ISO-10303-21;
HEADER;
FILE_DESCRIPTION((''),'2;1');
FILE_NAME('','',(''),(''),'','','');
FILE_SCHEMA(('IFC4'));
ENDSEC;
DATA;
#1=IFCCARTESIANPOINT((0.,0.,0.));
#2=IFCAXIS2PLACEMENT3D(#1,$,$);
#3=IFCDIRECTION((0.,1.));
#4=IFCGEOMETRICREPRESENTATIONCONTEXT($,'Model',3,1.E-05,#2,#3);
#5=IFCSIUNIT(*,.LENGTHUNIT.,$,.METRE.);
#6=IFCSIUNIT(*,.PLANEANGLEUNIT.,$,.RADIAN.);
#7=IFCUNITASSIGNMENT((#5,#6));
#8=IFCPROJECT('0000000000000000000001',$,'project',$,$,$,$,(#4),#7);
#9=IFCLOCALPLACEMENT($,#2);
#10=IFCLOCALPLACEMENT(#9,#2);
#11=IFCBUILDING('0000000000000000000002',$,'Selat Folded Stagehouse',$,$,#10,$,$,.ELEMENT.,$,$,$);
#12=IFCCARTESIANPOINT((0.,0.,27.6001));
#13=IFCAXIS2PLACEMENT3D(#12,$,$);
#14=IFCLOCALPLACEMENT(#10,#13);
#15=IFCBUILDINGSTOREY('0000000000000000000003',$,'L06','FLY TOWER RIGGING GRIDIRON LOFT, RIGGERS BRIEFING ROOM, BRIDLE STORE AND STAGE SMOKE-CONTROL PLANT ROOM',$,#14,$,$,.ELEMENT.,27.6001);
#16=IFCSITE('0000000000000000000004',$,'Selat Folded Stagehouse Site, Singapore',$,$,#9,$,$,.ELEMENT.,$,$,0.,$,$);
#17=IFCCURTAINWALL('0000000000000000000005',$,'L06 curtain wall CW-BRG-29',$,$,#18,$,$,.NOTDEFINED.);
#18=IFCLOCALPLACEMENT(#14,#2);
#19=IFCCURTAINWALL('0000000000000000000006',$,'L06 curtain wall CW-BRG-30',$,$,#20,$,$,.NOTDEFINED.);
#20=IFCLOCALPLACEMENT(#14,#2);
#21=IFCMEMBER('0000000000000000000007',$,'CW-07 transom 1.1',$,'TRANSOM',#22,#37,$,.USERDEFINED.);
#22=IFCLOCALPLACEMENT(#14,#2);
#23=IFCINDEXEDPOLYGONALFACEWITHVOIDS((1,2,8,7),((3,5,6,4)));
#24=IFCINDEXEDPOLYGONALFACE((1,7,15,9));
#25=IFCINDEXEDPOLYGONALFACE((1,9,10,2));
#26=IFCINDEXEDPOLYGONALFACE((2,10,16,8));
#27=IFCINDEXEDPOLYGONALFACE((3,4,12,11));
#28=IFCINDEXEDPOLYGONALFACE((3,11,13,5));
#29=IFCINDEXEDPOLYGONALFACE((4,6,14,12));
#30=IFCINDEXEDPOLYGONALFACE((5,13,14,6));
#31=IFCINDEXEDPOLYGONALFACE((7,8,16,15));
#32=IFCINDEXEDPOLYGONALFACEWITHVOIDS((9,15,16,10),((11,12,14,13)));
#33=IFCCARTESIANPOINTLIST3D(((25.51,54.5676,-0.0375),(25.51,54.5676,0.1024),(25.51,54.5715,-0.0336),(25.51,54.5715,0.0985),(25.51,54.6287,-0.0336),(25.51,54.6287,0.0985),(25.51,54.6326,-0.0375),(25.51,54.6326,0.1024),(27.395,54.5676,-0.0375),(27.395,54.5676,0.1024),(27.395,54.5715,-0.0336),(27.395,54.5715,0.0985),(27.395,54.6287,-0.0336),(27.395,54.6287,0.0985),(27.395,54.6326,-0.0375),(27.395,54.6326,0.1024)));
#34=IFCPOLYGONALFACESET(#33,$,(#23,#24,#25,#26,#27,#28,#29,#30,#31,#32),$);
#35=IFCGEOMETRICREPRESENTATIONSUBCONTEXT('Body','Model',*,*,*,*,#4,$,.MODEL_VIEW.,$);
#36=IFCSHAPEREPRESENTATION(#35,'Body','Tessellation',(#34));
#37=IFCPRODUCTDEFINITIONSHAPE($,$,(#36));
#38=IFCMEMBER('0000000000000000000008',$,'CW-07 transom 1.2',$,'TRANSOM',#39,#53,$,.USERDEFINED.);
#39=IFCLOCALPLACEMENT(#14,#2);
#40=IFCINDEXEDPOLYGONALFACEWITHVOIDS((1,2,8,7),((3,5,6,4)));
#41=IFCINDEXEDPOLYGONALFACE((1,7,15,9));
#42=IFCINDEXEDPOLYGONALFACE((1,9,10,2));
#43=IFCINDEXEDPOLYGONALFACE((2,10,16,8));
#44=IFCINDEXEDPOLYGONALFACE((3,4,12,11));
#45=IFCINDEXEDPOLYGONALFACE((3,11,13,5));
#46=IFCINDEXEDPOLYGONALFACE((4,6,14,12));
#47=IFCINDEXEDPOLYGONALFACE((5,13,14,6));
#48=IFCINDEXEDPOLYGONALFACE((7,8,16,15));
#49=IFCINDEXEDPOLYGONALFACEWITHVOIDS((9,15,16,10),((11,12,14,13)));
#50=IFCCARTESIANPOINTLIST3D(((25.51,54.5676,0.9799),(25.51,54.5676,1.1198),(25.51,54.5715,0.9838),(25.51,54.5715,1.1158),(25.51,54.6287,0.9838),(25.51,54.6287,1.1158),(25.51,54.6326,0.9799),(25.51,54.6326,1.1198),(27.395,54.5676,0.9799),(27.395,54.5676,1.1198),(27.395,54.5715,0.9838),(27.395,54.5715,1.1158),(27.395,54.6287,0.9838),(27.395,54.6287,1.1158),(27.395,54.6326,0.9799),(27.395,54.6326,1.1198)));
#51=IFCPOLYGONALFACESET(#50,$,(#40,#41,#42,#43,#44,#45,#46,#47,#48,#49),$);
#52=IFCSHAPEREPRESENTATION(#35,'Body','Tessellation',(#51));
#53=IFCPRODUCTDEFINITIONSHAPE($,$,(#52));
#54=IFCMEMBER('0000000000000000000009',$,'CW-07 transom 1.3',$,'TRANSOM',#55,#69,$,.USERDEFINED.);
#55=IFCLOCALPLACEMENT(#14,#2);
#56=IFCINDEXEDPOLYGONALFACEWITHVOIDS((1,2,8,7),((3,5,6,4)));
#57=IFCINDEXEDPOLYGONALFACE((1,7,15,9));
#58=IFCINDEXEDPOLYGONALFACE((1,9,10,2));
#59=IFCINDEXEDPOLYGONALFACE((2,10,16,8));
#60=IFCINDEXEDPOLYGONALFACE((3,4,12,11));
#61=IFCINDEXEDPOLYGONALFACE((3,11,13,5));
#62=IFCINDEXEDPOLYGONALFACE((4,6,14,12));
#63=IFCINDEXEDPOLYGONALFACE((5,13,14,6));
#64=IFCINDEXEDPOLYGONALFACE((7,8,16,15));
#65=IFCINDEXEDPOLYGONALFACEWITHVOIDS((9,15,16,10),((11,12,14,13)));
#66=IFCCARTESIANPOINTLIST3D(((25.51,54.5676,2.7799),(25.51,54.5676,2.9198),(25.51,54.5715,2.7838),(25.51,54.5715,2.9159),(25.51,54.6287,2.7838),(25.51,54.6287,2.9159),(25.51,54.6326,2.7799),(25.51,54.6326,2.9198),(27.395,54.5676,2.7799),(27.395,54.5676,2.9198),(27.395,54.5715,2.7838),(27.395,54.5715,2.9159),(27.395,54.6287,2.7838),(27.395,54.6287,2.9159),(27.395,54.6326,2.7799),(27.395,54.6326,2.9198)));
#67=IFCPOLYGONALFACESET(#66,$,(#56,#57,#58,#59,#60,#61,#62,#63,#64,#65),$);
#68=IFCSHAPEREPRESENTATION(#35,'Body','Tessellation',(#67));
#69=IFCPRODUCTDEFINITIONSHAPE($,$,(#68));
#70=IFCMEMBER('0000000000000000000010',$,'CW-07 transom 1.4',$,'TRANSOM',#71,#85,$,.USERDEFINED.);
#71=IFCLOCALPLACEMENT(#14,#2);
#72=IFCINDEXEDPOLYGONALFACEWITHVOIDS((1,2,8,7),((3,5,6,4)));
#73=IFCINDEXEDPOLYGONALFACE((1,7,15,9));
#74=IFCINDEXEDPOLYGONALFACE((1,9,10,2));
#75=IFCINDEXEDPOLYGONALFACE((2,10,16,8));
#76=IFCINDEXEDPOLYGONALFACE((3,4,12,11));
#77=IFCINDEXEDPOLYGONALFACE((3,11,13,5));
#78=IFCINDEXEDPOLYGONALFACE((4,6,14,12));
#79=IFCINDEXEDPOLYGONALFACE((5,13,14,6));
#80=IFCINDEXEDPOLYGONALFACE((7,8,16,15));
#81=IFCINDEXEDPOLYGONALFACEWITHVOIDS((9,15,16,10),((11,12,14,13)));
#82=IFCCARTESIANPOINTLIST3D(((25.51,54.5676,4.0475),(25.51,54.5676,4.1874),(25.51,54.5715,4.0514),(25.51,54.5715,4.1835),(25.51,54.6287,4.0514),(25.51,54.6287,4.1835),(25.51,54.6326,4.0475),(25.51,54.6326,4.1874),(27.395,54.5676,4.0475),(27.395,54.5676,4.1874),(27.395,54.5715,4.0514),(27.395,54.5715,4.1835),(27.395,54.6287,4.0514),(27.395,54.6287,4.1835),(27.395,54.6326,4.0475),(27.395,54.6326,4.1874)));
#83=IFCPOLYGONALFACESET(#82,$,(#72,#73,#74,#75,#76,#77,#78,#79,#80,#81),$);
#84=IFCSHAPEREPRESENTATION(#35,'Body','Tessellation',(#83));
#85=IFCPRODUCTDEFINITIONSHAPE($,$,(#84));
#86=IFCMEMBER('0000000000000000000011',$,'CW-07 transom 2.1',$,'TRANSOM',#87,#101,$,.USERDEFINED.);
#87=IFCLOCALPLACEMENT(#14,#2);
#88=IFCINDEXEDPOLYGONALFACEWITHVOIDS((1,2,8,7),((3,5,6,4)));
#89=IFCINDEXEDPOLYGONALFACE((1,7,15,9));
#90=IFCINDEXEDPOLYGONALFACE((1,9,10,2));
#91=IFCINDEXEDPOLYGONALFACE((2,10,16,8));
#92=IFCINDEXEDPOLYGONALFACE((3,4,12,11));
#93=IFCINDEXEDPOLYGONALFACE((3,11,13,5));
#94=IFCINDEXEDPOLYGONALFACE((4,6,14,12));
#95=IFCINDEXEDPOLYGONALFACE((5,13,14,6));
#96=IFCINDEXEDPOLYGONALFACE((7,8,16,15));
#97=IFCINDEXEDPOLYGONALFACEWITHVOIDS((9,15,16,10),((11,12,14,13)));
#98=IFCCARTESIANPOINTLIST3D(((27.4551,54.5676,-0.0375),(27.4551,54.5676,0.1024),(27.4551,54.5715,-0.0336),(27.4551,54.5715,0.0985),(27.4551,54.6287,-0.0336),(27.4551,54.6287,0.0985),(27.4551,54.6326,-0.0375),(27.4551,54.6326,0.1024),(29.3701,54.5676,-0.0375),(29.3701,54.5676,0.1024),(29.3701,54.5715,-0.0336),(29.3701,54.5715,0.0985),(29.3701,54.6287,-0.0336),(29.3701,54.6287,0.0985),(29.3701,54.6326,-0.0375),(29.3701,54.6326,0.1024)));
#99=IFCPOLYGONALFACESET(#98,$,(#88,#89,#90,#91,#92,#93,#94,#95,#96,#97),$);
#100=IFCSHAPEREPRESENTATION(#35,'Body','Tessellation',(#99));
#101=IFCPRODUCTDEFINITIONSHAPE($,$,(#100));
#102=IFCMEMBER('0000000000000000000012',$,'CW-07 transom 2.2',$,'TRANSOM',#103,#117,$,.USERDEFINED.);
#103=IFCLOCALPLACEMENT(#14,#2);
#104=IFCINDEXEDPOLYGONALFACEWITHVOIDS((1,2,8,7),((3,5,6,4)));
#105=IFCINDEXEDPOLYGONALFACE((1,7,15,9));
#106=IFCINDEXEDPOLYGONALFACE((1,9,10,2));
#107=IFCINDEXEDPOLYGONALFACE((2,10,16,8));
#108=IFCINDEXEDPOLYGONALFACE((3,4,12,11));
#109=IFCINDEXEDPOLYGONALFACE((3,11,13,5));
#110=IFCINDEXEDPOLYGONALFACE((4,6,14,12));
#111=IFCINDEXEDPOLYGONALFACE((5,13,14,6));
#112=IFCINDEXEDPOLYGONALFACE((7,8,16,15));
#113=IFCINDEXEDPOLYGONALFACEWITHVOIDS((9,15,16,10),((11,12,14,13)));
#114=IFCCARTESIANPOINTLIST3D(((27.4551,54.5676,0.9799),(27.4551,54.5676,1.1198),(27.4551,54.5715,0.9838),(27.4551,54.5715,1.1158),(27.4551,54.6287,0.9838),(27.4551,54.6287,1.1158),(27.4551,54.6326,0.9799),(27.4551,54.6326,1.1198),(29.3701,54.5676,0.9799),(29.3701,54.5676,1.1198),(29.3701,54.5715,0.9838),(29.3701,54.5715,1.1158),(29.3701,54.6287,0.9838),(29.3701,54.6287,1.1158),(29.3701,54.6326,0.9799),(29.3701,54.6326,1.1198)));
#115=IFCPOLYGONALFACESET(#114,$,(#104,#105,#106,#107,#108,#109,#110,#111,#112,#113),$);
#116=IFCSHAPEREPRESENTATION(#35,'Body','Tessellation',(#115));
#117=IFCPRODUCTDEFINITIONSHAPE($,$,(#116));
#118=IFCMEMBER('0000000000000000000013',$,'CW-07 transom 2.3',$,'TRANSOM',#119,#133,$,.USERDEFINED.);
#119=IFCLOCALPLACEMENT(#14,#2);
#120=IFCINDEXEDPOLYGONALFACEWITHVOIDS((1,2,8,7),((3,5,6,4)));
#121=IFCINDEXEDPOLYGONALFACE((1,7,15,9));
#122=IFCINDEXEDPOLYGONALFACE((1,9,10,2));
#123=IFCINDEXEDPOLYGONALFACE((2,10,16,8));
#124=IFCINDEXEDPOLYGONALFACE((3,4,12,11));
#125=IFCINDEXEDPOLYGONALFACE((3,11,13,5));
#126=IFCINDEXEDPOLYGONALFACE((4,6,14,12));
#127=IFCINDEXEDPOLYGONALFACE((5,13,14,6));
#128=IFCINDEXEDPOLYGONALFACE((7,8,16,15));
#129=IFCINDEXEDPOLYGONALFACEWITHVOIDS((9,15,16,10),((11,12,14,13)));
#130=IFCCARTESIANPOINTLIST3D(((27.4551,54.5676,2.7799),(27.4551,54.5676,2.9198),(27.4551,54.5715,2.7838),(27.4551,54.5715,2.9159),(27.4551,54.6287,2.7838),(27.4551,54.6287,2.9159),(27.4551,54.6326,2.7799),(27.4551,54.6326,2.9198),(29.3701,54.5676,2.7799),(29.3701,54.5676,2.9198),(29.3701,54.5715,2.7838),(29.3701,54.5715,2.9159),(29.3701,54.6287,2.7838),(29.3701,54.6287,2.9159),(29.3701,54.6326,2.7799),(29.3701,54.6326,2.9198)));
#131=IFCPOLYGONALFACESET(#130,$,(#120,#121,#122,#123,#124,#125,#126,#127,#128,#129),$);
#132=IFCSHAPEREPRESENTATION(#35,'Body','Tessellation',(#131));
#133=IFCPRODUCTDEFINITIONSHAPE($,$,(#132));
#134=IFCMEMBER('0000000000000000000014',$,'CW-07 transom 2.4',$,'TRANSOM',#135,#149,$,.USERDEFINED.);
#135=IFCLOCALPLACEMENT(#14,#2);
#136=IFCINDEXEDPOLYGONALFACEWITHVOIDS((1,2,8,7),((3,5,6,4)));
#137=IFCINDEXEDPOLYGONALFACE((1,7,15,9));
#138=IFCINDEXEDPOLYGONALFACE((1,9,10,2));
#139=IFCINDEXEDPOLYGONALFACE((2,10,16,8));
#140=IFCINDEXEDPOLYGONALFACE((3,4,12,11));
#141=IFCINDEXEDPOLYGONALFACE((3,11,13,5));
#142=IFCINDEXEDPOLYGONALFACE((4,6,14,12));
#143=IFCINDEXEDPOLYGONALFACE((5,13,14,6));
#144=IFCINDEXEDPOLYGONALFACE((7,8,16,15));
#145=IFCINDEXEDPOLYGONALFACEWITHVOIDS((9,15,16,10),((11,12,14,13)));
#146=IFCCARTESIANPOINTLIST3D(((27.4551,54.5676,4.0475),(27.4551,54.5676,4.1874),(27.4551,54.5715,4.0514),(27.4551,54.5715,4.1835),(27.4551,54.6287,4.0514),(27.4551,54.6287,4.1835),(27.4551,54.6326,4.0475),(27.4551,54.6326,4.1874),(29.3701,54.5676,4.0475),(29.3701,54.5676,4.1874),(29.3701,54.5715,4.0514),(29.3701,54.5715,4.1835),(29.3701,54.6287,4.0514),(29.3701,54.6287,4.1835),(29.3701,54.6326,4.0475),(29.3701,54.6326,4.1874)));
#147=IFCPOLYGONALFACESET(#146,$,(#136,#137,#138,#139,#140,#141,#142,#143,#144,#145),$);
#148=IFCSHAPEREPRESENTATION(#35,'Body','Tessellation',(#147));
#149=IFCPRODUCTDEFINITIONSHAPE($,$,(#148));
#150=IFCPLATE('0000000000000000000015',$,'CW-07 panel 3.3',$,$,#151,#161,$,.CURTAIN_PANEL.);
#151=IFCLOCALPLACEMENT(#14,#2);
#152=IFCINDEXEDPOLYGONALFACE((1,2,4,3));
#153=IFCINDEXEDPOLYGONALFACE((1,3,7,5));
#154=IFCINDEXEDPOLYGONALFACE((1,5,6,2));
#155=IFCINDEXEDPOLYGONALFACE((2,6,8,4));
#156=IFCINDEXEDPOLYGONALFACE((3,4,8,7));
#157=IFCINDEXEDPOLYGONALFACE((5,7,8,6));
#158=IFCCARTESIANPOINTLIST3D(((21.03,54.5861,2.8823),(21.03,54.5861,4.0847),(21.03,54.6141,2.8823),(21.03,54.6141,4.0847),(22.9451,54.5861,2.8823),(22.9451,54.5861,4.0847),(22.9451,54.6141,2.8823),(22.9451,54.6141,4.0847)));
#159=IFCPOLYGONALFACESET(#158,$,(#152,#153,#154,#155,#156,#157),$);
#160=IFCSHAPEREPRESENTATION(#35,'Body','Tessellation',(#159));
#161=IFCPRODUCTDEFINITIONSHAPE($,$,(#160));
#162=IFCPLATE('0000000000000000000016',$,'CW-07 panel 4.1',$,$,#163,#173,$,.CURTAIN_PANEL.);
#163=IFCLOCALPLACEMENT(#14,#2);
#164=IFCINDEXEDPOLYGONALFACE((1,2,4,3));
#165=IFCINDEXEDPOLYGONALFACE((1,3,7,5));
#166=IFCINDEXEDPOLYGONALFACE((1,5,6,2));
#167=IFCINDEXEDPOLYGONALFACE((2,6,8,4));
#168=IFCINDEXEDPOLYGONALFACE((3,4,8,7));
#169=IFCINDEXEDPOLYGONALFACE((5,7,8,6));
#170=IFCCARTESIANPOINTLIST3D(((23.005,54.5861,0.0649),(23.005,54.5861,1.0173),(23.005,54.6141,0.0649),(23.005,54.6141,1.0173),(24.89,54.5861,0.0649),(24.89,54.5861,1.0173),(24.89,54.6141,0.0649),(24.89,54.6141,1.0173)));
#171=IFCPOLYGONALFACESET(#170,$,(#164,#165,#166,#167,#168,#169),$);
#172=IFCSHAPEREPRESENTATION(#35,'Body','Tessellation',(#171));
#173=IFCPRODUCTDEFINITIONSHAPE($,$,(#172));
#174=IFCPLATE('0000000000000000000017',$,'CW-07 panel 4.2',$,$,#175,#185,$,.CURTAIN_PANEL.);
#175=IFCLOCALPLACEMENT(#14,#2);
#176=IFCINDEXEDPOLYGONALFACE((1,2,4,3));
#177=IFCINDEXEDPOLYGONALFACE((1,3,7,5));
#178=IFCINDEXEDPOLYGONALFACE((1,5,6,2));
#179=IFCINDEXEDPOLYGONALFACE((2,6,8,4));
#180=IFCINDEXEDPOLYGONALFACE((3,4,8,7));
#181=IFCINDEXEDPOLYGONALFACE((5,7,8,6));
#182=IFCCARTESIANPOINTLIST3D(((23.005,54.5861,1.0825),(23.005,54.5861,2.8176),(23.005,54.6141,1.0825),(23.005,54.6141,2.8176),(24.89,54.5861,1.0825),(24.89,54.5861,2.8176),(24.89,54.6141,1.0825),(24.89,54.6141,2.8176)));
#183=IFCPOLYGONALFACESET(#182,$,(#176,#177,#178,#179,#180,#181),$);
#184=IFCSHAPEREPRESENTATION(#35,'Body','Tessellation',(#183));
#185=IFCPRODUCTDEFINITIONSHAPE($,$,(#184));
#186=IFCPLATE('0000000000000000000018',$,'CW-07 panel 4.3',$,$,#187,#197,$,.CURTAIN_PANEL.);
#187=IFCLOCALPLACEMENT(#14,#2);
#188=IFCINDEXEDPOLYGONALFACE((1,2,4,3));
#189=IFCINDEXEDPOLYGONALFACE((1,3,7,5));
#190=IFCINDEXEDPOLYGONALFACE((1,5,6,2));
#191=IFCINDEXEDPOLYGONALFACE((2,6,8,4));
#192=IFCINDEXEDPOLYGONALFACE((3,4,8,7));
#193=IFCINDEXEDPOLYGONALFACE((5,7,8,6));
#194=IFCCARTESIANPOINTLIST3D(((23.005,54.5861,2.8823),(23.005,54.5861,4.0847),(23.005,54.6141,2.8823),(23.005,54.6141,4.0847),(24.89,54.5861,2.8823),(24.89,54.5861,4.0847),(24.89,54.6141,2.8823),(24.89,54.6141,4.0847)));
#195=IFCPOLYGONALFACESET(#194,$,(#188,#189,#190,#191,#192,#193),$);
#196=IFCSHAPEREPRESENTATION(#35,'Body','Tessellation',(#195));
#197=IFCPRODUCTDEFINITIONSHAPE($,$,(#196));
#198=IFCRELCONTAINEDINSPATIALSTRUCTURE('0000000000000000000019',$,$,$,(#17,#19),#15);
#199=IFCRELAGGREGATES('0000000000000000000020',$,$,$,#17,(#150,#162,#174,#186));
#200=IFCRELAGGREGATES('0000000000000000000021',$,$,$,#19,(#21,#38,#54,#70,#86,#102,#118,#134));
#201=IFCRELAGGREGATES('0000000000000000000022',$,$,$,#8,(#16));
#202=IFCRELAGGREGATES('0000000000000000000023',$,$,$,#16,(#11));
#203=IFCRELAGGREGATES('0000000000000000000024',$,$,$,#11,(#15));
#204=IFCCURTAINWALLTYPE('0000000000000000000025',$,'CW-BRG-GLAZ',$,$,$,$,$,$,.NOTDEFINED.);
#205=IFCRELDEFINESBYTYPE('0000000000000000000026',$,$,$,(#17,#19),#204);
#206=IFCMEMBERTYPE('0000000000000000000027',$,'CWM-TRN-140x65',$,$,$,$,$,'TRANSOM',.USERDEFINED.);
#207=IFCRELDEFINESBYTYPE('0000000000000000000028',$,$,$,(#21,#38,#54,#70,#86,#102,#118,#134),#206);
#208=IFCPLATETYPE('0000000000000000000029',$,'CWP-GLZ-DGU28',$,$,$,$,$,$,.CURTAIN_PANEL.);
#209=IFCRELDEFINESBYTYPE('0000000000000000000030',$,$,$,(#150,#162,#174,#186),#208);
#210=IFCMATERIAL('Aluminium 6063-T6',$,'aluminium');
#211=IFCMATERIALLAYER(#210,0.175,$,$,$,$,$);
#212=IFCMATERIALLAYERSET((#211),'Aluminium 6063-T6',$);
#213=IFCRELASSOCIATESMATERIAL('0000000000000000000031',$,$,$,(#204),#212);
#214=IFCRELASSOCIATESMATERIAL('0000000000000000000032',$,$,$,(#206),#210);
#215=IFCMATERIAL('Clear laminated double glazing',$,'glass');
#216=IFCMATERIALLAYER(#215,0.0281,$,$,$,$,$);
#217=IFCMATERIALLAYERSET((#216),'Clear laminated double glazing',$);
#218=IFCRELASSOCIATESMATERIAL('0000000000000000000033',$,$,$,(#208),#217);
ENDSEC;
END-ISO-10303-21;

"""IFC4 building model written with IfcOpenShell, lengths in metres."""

from ifc_helpers import new_model, si_unit, direction, frame, origin, origin_2d, place, context, subcontext, project, spatial, rectangle, hollow_rectangle, extrude, material, layer, layer_set, material_profile, profile_set, type_object, element, aggregate, save


model = new_model("IFC4")

# Units and contexts
model_context = context("Model", 3, precision=1e-05, world=origin(), true_north=direction((0.0, 1.0)))
body_context = subcontext(model_context, "Body", "Model", "MODEL_VIEW")
ifc_project = project(units=[si_unit("LENGTHUNIT", "METRE"), si_unit("PLANEANGLEUNIT", "RADIAN")], contexts=[model_context])

# Site, building, storey
site_placement = place(None, origin())
site = spatial("IfcSite", under=ifc_project, at=site_placement, Name="Selat Folded Stagehouse Site, Singapore", CompositionType="ELEMENT", RefElevation=0.0)
building_placement = place(site_placement, origin())
building = spatial("IfcBuilding", under=site, at=building_placement, Name="Selat Folded Stagehouse", CompositionType="ELEMENT")
storey_placement = place(building_placement, frame((0.0, 0.0, 27.6001)))
storey = spatial("IfcBuildingStorey", under=building, at=storey_placement, Name="L06", Description="FLY TOWER RIGGING GRIDIRON LOFT, RIGGERS BRIEFING ROOM, BRIDLE STORE AND STAGE SMOKE-CONTROL PLANT ROOM", CompositionType="ELEMENT", Elevation=27.6001)

# Curtain walls
ifc_material_1 = material(Name="Aluminium 6063-T6", Category="aluminium")
ifc_layer_1 = layer(ifc_material_1, 0.175)
ifc_layer_set_1 = layer_set([ifc_layer_1], Name="Aluminium 6063-T6")
curtain_wall_type = type_object("IfcCurtainWallType", Name="CW-BRG-GLAZ", PredefinedType="NOTDEFINED", material=ifc_layer_set_1)
curtain_wall_1_placement = place(storey_placement, origin())
curtain_wall_1 = element("IfcCurtainWall", 1, at=curtain_wall_1_placement, inside=storey, type_object=curtain_wall_type, Name="L06 curtain wall CW-BRG-29", PredefinedType="NOTDEFINED")
curtain_wall_2_placement = place(storey_placement, origin())
curtain_wall_2 = element("IfcCurtainWall", 2, at=curtain_wall_2_placement, inside=storey, type_object=curtain_wall_type, Name="L06 curtain wall CW-BRG-30", PredefinedType="NOTDEFINED")

# Members
ifc_material_profile_1 = material_profile(ifc_material_1, hollow_rectangle(XDim=0.0649, YDim=0.1399, WallThickness=0.0039, at=origin_2d()), Name="ALU 140x65x4.0")
ifc_profile_set_1 = profile_set([ifc_material_profile_1], Name="Aluminium 6063-T6")
member_type_1 = type_object("IfcMemberType", Name="CWM-TRN-140x65", ElementType="TRANSOM", PredefinedType="USERDEFINED", material=ifc_profile_set_1)
member_1_placement = place(storey_placement, frame((25.51, 54.6001, 0.0325), z_axis=(1.0, 0.0, 0.0), x_axis=(0.0, 1.0, 0.0)))
member_1 = element("IfcMember", 3, at=member_1_placement, type_object=member_type_1, Name="CW-07 transom 1.1", ObjectType="TRANSOM", PredefinedType="USERDEFINED", context=body_context, shape_type="SweptSolid", body=[
    extrude(hollow_rectangle(XDim=0.0649, YDim=0.1399, WallThickness=0.0039, at=origin_2d()), origin(), (0.0, 0.0, 1.0), 1.885),
])
member_2_placement = place(storey_placement, frame((25.51, 54.6001, 1.0498), z_axis=(1.0, 0.0, 0.0), x_axis=(0.0, 1.0, 0.0)))
member_2 = element("IfcMember", 4, at=member_2_placement, type_object=member_type_1, Name="CW-07 transom 1.2", ObjectType="TRANSOM", PredefinedType="USERDEFINED", context=body_context, shape_type="SweptSolid", body=[
    extrude(hollow_rectangle(XDim=0.0649, YDim=0.1399, WallThickness=0.0039, at=origin_2d()), origin(), (0.0, 0.0, 1.0), 1.885),
])
member_3_placement = place(storey_placement, frame((25.51, 54.6001, 2.8499), z_axis=(1.0, 0.0, 0.0), x_axis=(0.0, 1.0, 0.0)))
member_3 = element("IfcMember", 5, at=member_3_placement, type_object=member_type_1, Name="CW-07 transom 1.3", ObjectType="TRANSOM", PredefinedType="USERDEFINED", context=body_context, shape_type="SweptSolid", body=[
    extrude(hollow_rectangle(XDim=0.0649, YDim=0.1399, WallThickness=0.0039, at=origin_2d()), origin(), (0.0, 0.0, 1.0), 1.885),
])
member_4_placement = place(storey_placement, frame((25.51, 54.6001, 4.1174), z_axis=(1.0, 0.0, 0.0), x_axis=(0.0, 1.0, 0.0)))
member_4 = element("IfcMember", 6, at=member_4_placement, type_object=member_type_1, Name="CW-07 transom 1.4", ObjectType="TRANSOM", PredefinedType="USERDEFINED", context=body_context, shape_type="SweptSolid", body=[
    extrude(hollow_rectangle(XDim=0.0649, YDim=0.1399, WallThickness=0.0039, at=origin_2d()), origin(), (0.0, 0.0, 1.0), 1.885),
])
member_5_placement = place(storey_placement, frame((27.4551, 54.6001, 0.0325), z_axis=(1.0, 0.0, 0.0), x_axis=(0.0, 1.0, 0.0)))
member_5 = element("IfcMember", 7, at=member_5_placement, type_object=member_type_1, Name="CW-07 transom 2.1", ObjectType="TRANSOM", PredefinedType="USERDEFINED", context=body_context, shape_type="SweptSolid", body=[
    extrude(hollow_rectangle(XDim=0.0649, YDim=0.1399, WallThickness=0.0039, at=origin_2d()), origin(), (0.0, 0.0, 1.0), 1.915),
])
member_6_placement = place(storey_placement, frame((27.4551, 54.6001, 1.0498), z_axis=(1.0, 0.0, 0.0), x_axis=(0.0, 1.0, 0.0)))
member_6 = element("IfcMember", 8, at=member_6_placement, type_object=member_type_1, Name="CW-07 transom 2.2", ObjectType="TRANSOM", PredefinedType="USERDEFINED", context=body_context, shape_type="SweptSolid", body=[
    extrude(hollow_rectangle(XDim=0.0649, YDim=0.1399, WallThickness=0.0039, at=origin_2d()), origin(), (0.0, 0.0, 1.0), 1.915),
])
member_7_placement = place(storey_placement, frame((27.4551, 54.6001, 2.8499), z_axis=(1.0, 0.0, 0.0), x_axis=(0.0, 1.0, 0.0)))
member_7 = element("IfcMember", 9, at=member_7_placement, type_object=member_type_1, Name="CW-07 transom 2.3", ObjectType="TRANSOM", PredefinedType="USERDEFINED", context=body_context, shape_type="SweptSolid", body=[
    extrude(hollow_rectangle(XDim=0.0649, YDim=0.1399, WallThickness=0.0039, at=origin_2d()), origin(), (0.0, 0.0, 1.0), 1.915),
])
member_8_placement = place(storey_placement, frame((27.4551, 54.6001, 4.1174), z_axis=(1.0, 0.0, 0.0), x_axis=(0.0, 1.0, 0.0)))
member_8 = element("IfcMember", 10, at=member_8_placement, type_object=member_type_1, Name="CW-07 transom 2.4", ObjectType="TRANSOM", PredefinedType="USERDEFINED", context=body_context, shape_type="SweptSolid", body=[
    extrude(hollow_rectangle(XDim=0.0649, YDim=0.1399, WallThickness=0.0039, at=origin_2d()), origin(), (0.0, 0.0, 1.0), 1.915),
])

# Plates
ifc_material_2 = material(Name="Clear laminated double glazing", Category="glass")
ifc_layer_2 = layer(ifc_material_2, 0.0281)
ifc_layer_set_2 = layer_set([ifc_layer_2], Name="Clear laminated double glazing")
plate_type = type_object("IfcPlateType", Name="CWP-GLZ-DGU28", PredefinedType="CURTAIN_PANEL", material=ifc_layer_set_2)
plate_1_placement = place(storey_placement, frame((21.9875, 54.6001, 2.8823), z_axis=(0.0, 0.0, 1.0), x_axis=(1.0, 0.0, 0.0)))
plate_1 = element("IfcPlate", 11, at=plate_1_placement, type_object=plate_type, Name="CW-07 panel 3.3", PredefinedType="CURTAIN_PANEL", context=body_context, shape_type="SweptSolid", body=[
    extrude(rectangle(XDim=1.915, YDim=0.0281, at=origin_2d()), origin(), (0.0, 0.0, 1.0), 1.2024),
])
plate_2_placement = place(storey_placement, frame((23.9475, 54.6001, 0.0649), z_axis=(0.0, 0.0, 1.0), x_axis=(1.0, 0.0, 0.0)))
plate_2 = element("IfcPlate", 12, at=plate_2_placement, type_object=plate_type, Name="CW-07 panel 4.1", PredefinedType="CURTAIN_PANEL", context=body_context, shape_type="SweptSolid", body=[
    extrude(rectangle(XDim=1.885, YDim=0.0281, at=origin_2d()), origin(), (0.0, 0.0, 1.0), 0.9524),
])
plate_3_placement = place(storey_placement, frame((23.9475, 54.6001, 1.0825), z_axis=(0.0, 0.0, 1.0), x_axis=(1.0, 0.0, 0.0)))
plate_3 = element("IfcPlate", 13, at=plate_3_placement, type_object=plate_type, Name="CW-07 panel 4.2", PredefinedType="CURTAIN_PANEL", context=body_context, shape_type="SweptSolid", body=[
    extrude(rectangle(XDim=1.885, YDim=0.0281, at=origin_2d()), origin(), (0.0, 0.0, 1.0), 1.7351),
])
plate_4_placement = place(storey_placement, frame((23.9475, 54.6001, 2.8823), z_axis=(0.0, 0.0, 1.0), x_axis=(1.0, 0.0, 0.0)))
plate_4 = element("IfcPlate", 14, at=plate_4_placement, type_object=plate_type, Name="CW-07 panel 4.3", PredefinedType="CURTAIN_PANEL", context=body_context, shape_type="SweptSolid", body=[
    extrude(rectangle(XDim=1.885, YDim=0.0281, at=origin_2d()), origin(), (0.0, 0.0, 1.0), 1.2024),
])
aggregate(curtain_wall_1, [plate_1, plate_2, plate_3, plate_4])
aggregate(curtain_wall_2, [member_1, member_2, member_3, member_4, member_5, member_6, member_7, member_8])

save(model, "model.ifc")
